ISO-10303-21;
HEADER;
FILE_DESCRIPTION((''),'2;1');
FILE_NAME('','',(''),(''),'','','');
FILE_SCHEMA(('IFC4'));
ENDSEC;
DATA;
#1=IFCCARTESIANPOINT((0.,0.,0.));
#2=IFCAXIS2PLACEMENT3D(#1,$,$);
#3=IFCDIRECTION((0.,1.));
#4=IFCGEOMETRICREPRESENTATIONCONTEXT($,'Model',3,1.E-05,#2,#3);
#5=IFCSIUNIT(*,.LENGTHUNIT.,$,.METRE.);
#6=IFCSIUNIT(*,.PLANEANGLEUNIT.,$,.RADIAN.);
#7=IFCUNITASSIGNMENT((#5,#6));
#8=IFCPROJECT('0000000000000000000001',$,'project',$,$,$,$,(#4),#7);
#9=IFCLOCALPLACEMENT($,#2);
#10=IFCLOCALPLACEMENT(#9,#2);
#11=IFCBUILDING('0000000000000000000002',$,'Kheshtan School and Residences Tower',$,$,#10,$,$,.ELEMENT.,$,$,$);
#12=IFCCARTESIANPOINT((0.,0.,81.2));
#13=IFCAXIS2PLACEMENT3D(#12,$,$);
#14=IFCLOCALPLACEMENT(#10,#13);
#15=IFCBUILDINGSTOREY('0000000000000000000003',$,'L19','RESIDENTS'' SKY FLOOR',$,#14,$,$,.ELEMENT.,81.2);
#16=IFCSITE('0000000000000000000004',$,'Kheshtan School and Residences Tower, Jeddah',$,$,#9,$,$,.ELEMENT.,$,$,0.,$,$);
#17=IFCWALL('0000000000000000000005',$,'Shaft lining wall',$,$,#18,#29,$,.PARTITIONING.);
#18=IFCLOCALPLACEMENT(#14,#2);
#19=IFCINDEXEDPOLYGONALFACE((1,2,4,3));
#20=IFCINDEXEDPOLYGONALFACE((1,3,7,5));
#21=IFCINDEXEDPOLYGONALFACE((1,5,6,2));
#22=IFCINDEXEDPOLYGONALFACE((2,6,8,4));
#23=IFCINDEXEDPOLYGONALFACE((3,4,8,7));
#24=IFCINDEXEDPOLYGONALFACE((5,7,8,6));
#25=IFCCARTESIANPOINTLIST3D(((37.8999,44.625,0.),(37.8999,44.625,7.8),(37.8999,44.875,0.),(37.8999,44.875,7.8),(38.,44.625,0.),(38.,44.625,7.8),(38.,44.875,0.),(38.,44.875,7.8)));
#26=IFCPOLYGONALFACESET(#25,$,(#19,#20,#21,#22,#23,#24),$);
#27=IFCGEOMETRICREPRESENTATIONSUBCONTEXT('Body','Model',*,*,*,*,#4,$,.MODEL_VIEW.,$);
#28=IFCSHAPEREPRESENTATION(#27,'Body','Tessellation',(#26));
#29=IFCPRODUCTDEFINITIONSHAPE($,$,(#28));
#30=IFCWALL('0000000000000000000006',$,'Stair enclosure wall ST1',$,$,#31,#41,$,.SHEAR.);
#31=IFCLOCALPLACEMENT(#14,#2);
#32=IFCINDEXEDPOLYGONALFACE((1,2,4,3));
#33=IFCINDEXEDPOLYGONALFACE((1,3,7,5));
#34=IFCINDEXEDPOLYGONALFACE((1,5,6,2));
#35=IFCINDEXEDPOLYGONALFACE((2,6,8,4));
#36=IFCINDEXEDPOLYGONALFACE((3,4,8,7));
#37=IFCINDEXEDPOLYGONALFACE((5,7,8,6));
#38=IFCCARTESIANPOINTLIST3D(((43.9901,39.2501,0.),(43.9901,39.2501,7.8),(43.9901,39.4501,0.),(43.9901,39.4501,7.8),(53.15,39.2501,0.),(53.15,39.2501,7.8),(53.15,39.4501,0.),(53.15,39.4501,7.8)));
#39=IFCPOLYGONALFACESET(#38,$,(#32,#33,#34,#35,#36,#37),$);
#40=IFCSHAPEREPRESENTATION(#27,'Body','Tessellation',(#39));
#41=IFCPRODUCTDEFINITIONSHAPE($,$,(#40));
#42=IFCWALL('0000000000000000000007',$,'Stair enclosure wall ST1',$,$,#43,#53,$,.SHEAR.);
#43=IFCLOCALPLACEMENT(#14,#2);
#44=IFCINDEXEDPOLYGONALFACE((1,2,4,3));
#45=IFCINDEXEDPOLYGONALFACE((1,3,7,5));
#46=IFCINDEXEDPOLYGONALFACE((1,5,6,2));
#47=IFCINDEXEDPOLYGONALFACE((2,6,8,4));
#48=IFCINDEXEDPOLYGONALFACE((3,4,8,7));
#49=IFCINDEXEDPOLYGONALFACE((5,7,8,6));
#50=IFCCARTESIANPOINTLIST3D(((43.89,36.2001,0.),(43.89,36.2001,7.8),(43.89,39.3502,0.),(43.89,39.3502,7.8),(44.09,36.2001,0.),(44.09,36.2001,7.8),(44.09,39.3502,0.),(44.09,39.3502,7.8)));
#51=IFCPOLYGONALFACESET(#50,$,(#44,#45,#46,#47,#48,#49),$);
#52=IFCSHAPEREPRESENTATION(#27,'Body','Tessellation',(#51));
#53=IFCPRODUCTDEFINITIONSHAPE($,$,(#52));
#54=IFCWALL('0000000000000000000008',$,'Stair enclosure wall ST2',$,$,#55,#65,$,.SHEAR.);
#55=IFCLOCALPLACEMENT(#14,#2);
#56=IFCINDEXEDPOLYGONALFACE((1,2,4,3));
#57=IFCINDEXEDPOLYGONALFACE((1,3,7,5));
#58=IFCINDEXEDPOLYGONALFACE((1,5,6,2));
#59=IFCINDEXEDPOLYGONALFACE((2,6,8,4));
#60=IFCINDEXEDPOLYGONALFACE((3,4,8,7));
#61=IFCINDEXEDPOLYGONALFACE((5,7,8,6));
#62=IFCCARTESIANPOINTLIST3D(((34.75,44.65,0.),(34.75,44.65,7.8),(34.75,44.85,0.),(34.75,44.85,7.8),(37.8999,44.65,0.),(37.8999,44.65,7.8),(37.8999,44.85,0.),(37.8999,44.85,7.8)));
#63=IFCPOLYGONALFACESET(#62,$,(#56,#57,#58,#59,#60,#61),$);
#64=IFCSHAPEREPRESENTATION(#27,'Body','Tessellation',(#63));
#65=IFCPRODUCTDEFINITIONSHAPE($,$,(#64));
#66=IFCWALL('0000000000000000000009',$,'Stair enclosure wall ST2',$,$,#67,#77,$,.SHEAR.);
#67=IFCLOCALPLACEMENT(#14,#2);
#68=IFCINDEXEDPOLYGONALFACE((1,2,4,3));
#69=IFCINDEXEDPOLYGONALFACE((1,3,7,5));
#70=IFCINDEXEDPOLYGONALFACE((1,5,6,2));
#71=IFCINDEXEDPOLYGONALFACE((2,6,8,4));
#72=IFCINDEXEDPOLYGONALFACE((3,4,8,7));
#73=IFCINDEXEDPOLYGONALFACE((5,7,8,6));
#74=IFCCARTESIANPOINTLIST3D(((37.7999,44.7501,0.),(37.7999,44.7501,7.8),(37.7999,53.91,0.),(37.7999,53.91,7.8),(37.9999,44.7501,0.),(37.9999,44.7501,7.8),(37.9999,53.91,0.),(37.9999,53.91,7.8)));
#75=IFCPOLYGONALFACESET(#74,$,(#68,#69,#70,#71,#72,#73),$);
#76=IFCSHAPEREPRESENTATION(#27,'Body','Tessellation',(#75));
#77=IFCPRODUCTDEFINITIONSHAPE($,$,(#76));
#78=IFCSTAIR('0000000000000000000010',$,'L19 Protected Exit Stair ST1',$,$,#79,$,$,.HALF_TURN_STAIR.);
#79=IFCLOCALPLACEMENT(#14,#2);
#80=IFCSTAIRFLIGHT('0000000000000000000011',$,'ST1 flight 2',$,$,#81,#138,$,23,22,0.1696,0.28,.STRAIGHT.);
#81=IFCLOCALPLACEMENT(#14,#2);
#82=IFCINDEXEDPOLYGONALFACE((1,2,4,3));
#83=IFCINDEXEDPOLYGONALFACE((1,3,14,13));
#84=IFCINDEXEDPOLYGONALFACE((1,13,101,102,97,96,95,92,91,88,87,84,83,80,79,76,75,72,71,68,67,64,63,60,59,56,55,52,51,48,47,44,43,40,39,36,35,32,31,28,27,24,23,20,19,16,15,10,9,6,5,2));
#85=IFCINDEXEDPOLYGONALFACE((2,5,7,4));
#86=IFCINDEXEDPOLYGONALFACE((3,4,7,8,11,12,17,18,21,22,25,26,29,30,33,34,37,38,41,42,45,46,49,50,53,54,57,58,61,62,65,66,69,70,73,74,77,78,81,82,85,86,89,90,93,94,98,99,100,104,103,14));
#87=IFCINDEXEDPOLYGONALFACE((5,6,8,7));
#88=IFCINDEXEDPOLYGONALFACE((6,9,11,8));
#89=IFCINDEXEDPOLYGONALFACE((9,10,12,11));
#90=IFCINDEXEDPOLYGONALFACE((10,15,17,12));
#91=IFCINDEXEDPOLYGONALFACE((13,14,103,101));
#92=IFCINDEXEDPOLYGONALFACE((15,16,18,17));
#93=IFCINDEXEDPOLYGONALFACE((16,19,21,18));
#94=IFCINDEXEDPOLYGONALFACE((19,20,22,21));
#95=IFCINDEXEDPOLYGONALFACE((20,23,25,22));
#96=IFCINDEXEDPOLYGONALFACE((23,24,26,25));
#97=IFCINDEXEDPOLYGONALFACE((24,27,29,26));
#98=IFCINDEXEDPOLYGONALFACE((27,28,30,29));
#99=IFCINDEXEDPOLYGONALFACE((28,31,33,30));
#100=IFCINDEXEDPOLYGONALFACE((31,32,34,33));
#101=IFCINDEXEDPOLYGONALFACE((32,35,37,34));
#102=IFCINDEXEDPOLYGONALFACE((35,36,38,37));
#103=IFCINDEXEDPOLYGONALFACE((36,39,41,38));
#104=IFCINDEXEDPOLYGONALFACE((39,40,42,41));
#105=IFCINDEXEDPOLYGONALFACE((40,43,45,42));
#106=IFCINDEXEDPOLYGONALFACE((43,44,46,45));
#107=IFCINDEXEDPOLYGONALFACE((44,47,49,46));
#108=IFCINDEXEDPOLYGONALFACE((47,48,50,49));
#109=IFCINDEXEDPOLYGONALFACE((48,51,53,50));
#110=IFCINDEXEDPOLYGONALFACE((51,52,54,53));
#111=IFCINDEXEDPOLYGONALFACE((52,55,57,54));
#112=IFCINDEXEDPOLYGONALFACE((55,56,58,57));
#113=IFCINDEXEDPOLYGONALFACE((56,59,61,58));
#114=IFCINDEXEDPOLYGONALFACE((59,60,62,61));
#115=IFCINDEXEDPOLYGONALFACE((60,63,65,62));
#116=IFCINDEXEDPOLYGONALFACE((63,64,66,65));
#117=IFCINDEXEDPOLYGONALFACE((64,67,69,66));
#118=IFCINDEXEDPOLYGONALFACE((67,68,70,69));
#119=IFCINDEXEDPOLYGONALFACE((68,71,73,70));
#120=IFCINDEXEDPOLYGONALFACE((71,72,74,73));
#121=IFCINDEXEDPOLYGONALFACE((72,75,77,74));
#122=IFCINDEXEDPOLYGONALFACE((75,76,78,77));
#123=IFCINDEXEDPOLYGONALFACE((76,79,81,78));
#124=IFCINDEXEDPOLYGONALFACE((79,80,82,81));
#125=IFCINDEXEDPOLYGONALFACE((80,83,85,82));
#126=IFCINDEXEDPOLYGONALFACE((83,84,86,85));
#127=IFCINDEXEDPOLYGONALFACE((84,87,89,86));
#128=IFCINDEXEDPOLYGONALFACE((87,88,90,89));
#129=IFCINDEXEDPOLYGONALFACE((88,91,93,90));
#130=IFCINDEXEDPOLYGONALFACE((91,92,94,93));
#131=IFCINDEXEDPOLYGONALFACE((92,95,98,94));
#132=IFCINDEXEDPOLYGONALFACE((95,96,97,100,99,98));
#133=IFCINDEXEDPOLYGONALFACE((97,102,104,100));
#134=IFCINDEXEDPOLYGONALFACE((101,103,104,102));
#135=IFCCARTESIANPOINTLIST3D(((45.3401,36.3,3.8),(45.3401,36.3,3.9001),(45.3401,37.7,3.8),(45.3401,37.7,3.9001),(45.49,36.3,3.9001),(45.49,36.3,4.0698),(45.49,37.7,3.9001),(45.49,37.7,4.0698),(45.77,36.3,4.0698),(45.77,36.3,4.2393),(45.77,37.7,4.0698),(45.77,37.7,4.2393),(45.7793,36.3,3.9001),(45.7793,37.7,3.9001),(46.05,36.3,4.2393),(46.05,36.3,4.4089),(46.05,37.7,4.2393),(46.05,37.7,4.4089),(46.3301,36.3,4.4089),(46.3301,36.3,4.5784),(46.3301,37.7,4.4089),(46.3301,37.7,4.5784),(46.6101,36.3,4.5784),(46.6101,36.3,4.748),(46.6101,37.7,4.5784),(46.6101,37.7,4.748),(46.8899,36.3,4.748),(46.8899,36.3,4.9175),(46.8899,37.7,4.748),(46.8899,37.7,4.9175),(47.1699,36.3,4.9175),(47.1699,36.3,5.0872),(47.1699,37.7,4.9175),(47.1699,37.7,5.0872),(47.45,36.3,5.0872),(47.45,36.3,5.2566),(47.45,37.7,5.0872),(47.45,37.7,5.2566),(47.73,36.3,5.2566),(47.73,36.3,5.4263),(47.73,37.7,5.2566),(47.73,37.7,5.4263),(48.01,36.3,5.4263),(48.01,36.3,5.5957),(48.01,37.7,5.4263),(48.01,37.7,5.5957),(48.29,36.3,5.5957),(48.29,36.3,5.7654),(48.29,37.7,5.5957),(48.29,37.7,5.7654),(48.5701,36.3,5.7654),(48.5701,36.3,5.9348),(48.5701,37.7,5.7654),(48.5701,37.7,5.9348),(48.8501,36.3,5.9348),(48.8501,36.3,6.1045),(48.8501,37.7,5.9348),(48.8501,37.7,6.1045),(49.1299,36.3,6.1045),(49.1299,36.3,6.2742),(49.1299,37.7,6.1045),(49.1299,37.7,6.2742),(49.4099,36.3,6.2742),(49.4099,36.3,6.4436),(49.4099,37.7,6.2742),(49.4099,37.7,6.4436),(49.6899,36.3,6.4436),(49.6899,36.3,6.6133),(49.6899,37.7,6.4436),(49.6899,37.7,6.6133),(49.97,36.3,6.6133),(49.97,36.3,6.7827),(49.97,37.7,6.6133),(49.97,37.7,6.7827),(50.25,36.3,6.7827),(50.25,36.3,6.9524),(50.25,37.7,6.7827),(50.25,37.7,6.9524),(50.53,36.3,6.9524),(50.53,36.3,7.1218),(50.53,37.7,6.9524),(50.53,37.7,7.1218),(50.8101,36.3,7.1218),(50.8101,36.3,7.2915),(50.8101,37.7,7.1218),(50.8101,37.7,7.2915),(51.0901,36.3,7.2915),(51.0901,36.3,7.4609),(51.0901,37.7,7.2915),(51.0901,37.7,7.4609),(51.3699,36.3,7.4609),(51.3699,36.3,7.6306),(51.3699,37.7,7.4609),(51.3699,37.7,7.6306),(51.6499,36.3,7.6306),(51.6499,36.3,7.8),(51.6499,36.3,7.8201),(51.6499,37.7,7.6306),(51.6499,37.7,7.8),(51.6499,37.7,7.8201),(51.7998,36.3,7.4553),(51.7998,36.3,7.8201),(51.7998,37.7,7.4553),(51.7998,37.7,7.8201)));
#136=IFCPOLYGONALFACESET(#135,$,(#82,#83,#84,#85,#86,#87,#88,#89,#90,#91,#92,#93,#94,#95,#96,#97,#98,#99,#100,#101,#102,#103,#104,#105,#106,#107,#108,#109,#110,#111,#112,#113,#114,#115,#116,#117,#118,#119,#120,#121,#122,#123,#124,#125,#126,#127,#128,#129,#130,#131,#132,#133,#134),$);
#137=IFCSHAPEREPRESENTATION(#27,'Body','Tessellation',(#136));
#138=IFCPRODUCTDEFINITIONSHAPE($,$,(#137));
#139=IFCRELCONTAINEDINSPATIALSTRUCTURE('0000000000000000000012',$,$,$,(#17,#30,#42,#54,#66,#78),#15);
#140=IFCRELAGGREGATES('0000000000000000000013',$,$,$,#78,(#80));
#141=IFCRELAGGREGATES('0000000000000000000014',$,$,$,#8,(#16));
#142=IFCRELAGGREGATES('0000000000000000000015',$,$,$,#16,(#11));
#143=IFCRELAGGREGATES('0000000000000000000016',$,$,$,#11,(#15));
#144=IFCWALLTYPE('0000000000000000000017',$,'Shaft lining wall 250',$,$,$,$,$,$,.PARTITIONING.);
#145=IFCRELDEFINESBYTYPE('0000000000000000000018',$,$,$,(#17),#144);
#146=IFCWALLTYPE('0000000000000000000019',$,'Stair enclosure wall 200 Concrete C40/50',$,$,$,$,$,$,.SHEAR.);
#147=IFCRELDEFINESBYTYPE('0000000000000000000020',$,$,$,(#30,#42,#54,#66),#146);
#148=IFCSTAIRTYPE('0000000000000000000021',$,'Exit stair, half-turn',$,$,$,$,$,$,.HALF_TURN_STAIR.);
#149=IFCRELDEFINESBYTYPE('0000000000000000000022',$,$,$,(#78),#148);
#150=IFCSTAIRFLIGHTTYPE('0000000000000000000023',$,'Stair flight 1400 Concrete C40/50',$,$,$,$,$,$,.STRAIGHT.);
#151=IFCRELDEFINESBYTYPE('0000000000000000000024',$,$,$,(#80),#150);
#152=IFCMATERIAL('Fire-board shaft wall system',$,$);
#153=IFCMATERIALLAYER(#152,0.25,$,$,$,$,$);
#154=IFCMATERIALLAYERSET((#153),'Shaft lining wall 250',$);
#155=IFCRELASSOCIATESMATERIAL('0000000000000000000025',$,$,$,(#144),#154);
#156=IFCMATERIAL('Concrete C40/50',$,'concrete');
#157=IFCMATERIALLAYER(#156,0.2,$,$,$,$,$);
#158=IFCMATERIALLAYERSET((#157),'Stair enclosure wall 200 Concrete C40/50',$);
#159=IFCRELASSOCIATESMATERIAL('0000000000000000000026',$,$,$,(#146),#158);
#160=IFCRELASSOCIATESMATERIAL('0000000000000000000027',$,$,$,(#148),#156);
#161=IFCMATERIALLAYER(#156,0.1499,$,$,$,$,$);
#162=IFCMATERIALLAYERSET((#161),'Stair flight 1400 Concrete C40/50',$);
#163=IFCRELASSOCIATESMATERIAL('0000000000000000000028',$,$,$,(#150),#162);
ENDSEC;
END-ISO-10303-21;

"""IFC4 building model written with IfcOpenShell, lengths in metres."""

from ifc_helpers import new_model, si_unit, direction, frame, frame_2d, origin, place, context, subcontext, project, spatial, polyline, rectangle, outline, extrude, material, layer, layer_set, type_object, element, aggregate, save


model = new_model("IFC4")

# Units and contexts
model_context = context("Model", 3, precision=1e-05, world=origin(), true_north=direction((0.0, 1.0)))
body_context = subcontext(model_context, "Body", "Model", "MODEL_VIEW")
ifc_project = project(units=[si_unit("LENGTHUNIT", "METRE"), si_unit("PLANEANGLEUNIT", "RADIAN")], contexts=[model_context])

# Site, building, storey
site_placement = place(None, origin())
site = spatial("IfcSite", under=ifc_project, at=site_placement, Name="Kheshtan School and Residences Tower, Jeddah", CompositionType="ELEMENT", RefElevation=0.0)
building_placement = place(site_placement, origin())
building = spatial("IfcBuilding", under=site, at=building_placement, Name="Kheshtan School and Residences Tower", CompositionType="ELEMENT")
storey_placement = place(building_placement, frame((0.0, 0.0, 81.2)))
storey = spatial("IfcBuildingStorey", under=building, at=storey_placement, Name="L19", Description="RESIDENTS' SKY FLOOR", CompositionType="ELEMENT", Elevation=81.2)

# Walls
ifc_material_1 = material(Name="Fire-board shaft wall system")
ifc_layer_1 = layer(ifc_material_1, 0.25)
ifc_layer_set_1 = layer_set([ifc_layer_1], Name="Shaft lining wall 250")
wall_type_1 = type_object("IfcWallType", Name="Shaft lining wall 250", PredefinedType="PARTITIONING", material=ifc_layer_set_1)
wall_1_placement = place(storey_placement, frame((37.8999, 44.75, 0.0), z_axis=(0.0, 0.0, 1.0), x_axis=(1.0, 0.0, 0.0)))
element("IfcWall", 1, at=wall_1_placement, inside=storey, type_object=wall_type_1, Name="Shaft lining wall", PredefinedType="PARTITIONING", context=body_context, shape_type="SweptSolid", body=[
    extrude(rectangle(XDim=0.1001, YDim=0.25, at=frame_2d((0.05, 0.0))), origin(), (0.0, 0.0, 1.0), 7.8),
])
ifc_material_2 = material(Name="Concrete C40/50", Category="concrete")
ifc_layer_2 = layer(ifc_material_2, 0.2)
ifc_layer_set_2 = layer_set([ifc_layer_2], Name="Stair enclosure wall 200 Concrete C40/50")
wall_type_2 = type_object("IfcWallType", Name="Stair enclosure wall 200 Concrete C40/50", PredefinedType="SHEAR", material=ifc_layer_set_2)
wall_2_placement = place(storey_placement, frame((43.99, 39.3501, 0.0), z_axis=(0.0, 0.0, 1.0), x_axis=(1.0, 0.0, 0.0)))
element("IfcWall", 2, at=wall_2_placement, inside=storey, type_object=wall_type_2, Name="Stair enclosure wall ST1", PredefinedType="SHEAR", context=body_context, shape_type="SweptSolid", body=[
    extrude(rectangle(XDim=9.1599, YDim=0.2, at=frame_2d((4.5801, 0.0))), origin(), (0.0, 0.0, 1.0), 7.8),
])
wall_3_placement = place(storey_placement, frame((43.99, 36.2, 0.0), z_axis=(0.0, 0.0, 1.0), x_axis=(0.0, 1.0, 0.0)))
element("IfcWall", 3, at=wall_3_placement, inside=storey, type_object=wall_type_2, Name="Stair enclosure wall ST1", PredefinedType="SHEAR", context=body_context, shape_type="SweptSolid", body=[
    extrude(rectangle(XDim=3.1501, YDim=0.2, at=frame_2d((1.5752, 0.0))), origin(), (0.0, 0.0, 1.0), 7.8),
])
wall_4_placement = place(storey_placement, frame((34.75, 44.75, 0.0), z_axis=(0.0, 0.0, 1.0), x_axis=(1.0, 0.0, 0.0)))
element("IfcWall", 4, at=wall_4_placement, inside=storey, type_object=wall_type_2, Name="Stair enclosure wall ST2", PredefinedType="SHEAR", context=body_context, shape_type="SweptSolid", body=[
    extrude(rectangle(XDim=3.1499, YDim=0.2, at=frame_2d((1.575, 0.0))), origin(), (0.0, 0.0, 1.0), 7.8),
])
wall_5_placement = place(storey_placement, frame((37.8999, 44.75, 0.0), z_axis=(0.0, 0.0, 1.0), x_axis=(0.0, 1.0, 0.0)))
element("IfcWall", 5, at=wall_5_placement, inside=storey, type_object=wall_type_2, Name="Stair enclosure wall ST2", PredefinedType="SHEAR", context=body_context, shape_type="SweptSolid", body=[
    extrude(rectangle(XDim=9.1599, YDim=0.2, at=frame_2d((4.5801, 0.0))), origin(), (0.0, 0.0, 1.0), 7.8),
])

# Stair, stair flight
stair_type = type_object("IfcStairType", Name="Exit stair, half-turn", PredefinedType="HALF_TURN_STAIR", material=ifc_material_2)
stair_1_placement = place(storey_placement, origin())
stair_1 = element("IfcStair", 6, at=stair_1_placement, inside=storey, type_object=stair_type, Name="L19 Protected Exit Stair ST1", PredefinedType="HALF_TURN_STAIR")
ifc_layer_3 = layer(ifc_material_2, 0.1499)
ifc_layer_set_3 = layer_set([ifc_layer_3], Name="Stair flight 1400 Concrete C40/50")
stair_flight_type = type_object("IfcStairFlightType", Name="Stair flight 1400 Concrete C40/50", PredefinedType="STRAIGHT", material=ifc_layer_set_3)
stair_flight_1_placement = place(storey_placement, frame((45.49, 37.0, 3.9001), z_axis=(0.0, 0.0, 1.0), x_axis=(1.0, 0.0, 0.0)))
stair_flight_1 = element("IfcStairFlight", 7, at=stair_flight_1_placement, type_object=stair_flight_type, Name="ST1 flight 2", NumberOfRisers=23, NumberOfTreads=22, PredefinedType="STRAIGHT", RiserHeight=0.1696, TreadLength=0.28, context=body_context, shape_type="SweptSolid", body=[
    extrude(outline(polyline([(-0.1499, -0.1001), (-0.1499, 0.0), (0.0, 0.0), (0.0, 0.1697), (0.28, 0.1697), (0.28, 0.3391), (0.5601, 0.3391), (0.5601, 0.5088), (0.8401, 0.5088), (0.8401, 0.6782), (1.1201, 0.6782), (1.1201, 0.8479), (1.3999, 0.8479), (1.3999, 1.0173), (1.6799, 1.0173), (1.6799, 1.187), (1.96, 1.187), (1.96, 1.3564), (2.24, 1.3564), (2.24, 1.5261), (2.52, 1.5261), (2.52, 1.6956), (2.8, 1.6956), (2.8, 1.8652), (3.0801, 1.8652), (3.0801, 2.0347), (3.3601, 2.0347), (3.3601, 2.2043), (3.6399, 2.2043), (3.6399, 2.374), (3.9199, 2.374), (3.9199, 2.5435), (4.2, 2.5435), (4.2, 2.7131), (4.48, 2.7131), (4.48, 2.8826), (4.76, 2.8826), (4.76, 3.0522), (5.04, 3.0522), (5.04, 3.2217), (5.3201, 3.2217), (5.3201, 3.3914), (5.6001, 3.3914), (5.6001, 3.5608), (5.8799, 3.5608), (5.8799, 3.7305), (6.1599, 3.7305), (6.1599, 3.8999), (6.1599, 3.9199), (6.3098, 3.9199), (6.3098, 3.5552), (0.2893, 0.0), (-0.1499, -0.1001)])), frame((0.0, 0.7, 0.0), z_axis=(0.0, -1.0, 0.0), x_axis=(1.0, 0.0, 0.0)), (0.0, 0.0, 1.0), 1.3999),
])
aggregate(stair_1, [stair_flight_1])

save(model, "model.ifc")
